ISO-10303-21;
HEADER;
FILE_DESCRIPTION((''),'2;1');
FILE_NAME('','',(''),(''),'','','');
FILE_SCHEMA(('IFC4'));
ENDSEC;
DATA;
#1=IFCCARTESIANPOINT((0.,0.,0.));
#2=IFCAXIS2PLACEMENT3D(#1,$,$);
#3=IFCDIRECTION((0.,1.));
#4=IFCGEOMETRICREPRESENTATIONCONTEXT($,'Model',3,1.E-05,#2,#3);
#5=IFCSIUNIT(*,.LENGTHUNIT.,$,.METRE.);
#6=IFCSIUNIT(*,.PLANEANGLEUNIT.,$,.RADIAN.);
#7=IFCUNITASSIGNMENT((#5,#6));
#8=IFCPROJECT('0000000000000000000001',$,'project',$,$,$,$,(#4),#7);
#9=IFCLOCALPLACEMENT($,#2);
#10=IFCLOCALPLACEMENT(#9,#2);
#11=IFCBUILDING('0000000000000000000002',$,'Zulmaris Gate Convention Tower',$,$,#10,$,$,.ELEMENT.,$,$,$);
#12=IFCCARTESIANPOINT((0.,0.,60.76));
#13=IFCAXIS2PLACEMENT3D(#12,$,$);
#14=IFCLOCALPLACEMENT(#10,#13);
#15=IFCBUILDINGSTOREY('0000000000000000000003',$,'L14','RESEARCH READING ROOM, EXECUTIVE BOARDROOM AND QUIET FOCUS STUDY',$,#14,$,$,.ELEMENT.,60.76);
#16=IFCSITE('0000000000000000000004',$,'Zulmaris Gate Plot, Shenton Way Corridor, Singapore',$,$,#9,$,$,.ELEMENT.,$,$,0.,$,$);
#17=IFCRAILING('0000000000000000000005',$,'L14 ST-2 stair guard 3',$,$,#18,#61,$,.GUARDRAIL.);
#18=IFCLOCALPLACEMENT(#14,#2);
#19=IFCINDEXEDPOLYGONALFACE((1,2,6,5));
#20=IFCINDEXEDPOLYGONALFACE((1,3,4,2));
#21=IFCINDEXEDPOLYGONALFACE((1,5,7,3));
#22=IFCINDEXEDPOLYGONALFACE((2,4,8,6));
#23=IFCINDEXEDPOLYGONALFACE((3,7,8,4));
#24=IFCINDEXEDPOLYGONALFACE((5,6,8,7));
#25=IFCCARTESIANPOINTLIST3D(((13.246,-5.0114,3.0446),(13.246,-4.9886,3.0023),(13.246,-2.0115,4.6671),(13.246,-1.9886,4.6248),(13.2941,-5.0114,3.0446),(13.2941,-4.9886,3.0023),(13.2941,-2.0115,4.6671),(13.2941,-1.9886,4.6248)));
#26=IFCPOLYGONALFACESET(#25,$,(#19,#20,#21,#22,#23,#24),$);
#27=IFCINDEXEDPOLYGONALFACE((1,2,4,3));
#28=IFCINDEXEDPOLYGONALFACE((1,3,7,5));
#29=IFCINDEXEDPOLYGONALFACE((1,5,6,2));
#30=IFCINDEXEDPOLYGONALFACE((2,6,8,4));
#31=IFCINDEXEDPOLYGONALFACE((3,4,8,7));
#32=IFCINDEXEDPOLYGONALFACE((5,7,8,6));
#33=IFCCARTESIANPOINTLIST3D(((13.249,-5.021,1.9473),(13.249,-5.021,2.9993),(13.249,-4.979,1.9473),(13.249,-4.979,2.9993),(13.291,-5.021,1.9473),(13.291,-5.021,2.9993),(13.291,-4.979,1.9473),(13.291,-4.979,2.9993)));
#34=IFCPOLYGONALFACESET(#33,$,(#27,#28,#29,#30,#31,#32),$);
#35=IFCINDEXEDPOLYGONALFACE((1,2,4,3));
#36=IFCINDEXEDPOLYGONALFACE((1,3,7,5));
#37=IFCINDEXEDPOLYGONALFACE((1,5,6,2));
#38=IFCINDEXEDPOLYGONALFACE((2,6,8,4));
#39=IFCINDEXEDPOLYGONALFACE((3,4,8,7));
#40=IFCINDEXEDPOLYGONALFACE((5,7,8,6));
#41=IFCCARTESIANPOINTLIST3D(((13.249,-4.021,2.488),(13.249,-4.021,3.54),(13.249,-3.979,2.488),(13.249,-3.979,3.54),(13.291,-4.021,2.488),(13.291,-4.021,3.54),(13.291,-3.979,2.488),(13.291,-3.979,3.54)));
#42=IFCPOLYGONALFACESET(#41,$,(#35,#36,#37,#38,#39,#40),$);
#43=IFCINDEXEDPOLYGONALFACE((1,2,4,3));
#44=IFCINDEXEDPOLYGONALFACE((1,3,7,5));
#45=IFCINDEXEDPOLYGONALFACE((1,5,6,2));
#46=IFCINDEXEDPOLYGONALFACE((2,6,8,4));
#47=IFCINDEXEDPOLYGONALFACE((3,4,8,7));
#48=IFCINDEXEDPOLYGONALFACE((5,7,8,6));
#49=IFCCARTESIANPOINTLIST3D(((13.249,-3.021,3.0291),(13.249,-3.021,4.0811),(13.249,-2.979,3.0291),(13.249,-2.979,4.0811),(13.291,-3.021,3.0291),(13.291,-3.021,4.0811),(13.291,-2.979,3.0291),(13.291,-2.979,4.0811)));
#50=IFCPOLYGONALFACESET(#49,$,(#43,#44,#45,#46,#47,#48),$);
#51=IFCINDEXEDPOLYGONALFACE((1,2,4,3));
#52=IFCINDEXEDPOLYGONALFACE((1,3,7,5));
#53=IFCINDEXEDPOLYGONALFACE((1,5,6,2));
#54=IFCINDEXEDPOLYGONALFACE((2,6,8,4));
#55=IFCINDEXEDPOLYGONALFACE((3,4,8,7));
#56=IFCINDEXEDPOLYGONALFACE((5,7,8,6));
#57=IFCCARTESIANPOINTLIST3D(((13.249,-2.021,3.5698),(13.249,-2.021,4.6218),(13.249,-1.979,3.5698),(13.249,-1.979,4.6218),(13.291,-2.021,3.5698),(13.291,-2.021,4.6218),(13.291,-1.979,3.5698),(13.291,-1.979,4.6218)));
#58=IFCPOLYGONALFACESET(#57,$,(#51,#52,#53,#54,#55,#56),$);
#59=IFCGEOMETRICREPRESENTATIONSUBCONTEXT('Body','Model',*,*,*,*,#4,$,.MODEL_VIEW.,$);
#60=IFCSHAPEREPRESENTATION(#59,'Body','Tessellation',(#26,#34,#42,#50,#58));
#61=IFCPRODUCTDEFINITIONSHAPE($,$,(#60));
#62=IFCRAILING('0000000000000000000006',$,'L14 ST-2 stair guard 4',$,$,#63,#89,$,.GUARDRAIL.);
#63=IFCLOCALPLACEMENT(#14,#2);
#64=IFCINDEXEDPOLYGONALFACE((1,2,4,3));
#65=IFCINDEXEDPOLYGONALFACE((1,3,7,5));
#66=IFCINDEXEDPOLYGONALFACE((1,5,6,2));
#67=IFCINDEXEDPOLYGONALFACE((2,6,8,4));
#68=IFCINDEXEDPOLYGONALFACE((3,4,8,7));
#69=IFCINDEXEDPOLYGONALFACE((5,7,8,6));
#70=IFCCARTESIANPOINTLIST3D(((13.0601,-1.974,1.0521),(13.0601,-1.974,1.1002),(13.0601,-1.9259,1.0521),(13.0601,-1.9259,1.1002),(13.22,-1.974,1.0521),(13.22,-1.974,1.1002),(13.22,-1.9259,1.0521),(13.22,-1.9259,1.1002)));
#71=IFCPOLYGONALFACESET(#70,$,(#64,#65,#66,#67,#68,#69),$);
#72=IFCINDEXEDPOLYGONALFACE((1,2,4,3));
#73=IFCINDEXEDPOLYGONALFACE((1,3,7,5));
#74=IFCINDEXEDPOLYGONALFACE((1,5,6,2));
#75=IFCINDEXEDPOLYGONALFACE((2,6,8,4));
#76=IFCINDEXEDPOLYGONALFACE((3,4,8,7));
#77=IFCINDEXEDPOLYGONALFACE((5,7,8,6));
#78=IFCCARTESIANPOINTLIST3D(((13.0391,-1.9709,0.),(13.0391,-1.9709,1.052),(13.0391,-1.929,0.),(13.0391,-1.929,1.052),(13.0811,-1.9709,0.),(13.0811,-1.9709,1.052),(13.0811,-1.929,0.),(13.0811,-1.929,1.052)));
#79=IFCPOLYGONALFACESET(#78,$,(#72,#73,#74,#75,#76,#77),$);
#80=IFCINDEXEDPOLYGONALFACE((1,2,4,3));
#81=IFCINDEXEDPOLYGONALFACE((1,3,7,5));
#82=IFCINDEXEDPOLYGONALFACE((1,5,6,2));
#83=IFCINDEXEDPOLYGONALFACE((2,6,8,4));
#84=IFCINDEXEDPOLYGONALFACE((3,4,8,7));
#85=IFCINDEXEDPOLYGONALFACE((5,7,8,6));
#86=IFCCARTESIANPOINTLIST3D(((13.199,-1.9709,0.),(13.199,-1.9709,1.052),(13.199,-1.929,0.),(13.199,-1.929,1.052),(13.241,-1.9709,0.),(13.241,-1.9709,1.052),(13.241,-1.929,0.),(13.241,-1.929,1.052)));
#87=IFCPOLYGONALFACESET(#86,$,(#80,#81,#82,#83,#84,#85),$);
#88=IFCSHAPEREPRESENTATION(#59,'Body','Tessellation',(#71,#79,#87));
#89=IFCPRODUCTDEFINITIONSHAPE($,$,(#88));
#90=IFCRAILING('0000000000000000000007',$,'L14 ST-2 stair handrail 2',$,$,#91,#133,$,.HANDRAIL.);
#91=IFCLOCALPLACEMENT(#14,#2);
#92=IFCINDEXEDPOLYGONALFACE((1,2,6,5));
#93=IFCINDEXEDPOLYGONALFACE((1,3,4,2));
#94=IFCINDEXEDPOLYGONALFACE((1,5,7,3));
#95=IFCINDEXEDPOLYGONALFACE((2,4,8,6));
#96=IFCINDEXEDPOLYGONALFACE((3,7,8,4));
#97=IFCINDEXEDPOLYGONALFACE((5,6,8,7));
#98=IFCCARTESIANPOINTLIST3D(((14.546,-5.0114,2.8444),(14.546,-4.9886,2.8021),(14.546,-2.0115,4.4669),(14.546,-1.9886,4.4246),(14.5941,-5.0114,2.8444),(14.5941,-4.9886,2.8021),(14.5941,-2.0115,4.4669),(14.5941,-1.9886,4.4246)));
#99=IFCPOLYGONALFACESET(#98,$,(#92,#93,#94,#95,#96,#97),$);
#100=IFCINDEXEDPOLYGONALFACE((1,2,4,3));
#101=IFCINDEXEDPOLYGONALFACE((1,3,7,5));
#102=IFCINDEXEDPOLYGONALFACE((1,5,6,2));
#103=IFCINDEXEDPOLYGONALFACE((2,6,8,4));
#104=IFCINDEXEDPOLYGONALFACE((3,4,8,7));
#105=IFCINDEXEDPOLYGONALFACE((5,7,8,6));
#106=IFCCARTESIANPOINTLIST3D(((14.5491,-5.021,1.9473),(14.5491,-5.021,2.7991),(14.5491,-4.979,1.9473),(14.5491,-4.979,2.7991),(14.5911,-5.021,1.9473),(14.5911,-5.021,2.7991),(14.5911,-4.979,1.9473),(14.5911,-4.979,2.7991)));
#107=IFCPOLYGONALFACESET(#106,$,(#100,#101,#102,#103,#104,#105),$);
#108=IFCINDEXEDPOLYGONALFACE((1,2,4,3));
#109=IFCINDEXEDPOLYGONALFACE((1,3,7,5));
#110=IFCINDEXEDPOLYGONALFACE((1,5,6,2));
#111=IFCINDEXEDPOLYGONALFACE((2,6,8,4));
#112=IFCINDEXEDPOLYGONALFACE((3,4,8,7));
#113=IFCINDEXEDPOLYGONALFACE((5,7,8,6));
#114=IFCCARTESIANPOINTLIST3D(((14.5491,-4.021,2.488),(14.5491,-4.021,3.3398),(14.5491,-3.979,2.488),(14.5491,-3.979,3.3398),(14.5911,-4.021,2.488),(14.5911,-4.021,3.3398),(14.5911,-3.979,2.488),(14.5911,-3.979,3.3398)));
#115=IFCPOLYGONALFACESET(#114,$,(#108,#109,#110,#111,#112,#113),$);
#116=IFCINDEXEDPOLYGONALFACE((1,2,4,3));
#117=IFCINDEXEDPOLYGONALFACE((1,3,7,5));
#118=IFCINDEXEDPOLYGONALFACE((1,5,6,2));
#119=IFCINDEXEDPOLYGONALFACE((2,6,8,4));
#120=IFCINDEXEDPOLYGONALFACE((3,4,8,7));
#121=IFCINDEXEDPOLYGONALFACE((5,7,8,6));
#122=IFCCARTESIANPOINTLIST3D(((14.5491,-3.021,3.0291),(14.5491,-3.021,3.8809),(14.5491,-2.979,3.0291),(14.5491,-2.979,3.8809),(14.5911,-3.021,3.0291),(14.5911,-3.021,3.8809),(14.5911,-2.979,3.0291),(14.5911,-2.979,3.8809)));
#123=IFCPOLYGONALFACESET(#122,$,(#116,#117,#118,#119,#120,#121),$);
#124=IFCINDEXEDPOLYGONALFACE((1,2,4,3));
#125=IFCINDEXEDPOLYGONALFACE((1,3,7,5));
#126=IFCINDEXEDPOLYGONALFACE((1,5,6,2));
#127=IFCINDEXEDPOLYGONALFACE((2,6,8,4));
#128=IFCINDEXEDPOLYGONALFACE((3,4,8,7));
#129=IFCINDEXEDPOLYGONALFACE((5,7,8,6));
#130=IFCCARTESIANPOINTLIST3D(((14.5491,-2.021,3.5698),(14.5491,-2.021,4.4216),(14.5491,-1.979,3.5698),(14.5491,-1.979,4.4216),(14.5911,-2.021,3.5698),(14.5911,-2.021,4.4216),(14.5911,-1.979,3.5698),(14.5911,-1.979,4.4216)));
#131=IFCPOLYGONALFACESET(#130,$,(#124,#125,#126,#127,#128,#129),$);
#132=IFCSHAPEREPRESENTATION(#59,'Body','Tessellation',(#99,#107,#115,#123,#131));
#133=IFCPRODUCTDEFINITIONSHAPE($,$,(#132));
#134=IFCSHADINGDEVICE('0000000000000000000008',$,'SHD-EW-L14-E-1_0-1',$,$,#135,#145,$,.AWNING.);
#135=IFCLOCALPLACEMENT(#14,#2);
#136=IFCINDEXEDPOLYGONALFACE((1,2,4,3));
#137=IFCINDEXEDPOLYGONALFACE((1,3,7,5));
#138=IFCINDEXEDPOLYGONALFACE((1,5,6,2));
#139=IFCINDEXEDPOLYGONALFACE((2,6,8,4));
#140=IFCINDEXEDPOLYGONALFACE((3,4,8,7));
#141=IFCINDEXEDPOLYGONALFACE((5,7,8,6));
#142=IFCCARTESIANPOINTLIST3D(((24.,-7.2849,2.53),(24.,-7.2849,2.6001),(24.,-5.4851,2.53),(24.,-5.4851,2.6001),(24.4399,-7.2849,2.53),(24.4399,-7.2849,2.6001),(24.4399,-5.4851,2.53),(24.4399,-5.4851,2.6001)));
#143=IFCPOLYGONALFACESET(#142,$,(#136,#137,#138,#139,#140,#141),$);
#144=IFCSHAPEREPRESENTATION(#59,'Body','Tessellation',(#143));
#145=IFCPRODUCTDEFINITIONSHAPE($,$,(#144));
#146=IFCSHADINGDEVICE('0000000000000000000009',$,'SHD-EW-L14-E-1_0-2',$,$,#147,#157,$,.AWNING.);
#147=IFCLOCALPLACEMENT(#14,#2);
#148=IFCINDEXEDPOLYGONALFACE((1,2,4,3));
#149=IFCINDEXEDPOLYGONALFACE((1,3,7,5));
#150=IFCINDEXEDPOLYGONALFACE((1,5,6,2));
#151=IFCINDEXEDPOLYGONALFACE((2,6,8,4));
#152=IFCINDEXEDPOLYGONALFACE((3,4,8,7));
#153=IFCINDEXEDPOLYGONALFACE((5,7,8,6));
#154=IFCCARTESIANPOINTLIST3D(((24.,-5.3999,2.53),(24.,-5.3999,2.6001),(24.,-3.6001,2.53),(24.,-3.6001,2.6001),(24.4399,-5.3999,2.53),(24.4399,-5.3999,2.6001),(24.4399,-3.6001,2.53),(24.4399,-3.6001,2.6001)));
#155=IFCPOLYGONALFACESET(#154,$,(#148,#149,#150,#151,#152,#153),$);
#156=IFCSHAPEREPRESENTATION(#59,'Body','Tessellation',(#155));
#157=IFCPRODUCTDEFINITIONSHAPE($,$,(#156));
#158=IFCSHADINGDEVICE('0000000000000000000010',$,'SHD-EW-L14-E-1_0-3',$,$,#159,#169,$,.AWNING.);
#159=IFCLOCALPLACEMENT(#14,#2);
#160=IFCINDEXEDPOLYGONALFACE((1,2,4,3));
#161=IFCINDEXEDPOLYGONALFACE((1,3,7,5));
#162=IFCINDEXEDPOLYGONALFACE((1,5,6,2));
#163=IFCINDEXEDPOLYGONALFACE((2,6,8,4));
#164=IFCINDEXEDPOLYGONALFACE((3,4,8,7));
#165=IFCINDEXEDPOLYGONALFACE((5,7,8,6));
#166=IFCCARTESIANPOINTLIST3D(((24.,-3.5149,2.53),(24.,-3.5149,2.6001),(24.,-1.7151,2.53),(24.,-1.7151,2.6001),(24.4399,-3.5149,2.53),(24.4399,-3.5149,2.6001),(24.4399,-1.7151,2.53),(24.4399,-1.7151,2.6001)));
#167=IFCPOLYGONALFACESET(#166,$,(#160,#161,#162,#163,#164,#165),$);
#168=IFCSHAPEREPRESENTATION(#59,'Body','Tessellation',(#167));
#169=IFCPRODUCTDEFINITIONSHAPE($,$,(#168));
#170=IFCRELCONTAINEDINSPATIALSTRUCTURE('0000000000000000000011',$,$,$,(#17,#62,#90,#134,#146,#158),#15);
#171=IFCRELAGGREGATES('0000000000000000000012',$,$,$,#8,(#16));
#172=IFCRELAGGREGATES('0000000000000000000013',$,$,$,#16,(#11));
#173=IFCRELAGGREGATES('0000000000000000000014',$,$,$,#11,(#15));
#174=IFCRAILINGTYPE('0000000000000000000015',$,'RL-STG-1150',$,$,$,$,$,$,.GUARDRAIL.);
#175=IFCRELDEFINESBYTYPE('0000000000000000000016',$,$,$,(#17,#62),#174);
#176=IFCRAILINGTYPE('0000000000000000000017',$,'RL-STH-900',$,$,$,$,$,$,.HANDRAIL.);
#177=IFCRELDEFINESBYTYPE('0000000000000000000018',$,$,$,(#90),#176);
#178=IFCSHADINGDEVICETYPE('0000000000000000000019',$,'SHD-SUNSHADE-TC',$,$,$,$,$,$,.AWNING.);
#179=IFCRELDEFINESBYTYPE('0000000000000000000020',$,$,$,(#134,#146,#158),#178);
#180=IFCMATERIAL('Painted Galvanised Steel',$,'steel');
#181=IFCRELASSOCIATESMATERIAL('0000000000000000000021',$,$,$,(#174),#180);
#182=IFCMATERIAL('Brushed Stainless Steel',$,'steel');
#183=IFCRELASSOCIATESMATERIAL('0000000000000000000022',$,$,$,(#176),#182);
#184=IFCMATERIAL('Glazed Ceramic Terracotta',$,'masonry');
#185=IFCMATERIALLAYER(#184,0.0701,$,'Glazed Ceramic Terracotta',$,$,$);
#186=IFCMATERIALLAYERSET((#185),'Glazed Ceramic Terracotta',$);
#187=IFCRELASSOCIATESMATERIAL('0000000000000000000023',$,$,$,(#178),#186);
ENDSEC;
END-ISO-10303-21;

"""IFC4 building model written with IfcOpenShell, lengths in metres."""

from ifc_helpers import new_model, si_unit, direction, frame, frame_2d, origin, origin_2d, place, context, subcontext, project, spatial, rectangle, extrude, material, layer, layer_set, type_object, element, save


model = new_model("IFC4")

# Units and contexts
model_context = context("Model", 3, precision=1e-05, world=origin(), true_north=direction((0.0, 1.0)))
body_context = subcontext(model_context, "Body", "Model", "MODEL_VIEW")
ifc_project = project(units=[si_unit("LENGTHUNIT", "METRE"), si_unit("PLANEANGLEUNIT", "RADIAN")], contexts=[model_context])

# Site, building, storey
site_placement = place(None, origin())
site = spatial("IfcSite", under=ifc_project, at=site_placement, Name="Zulmaris Gate Plot, Shenton Way Corridor, Singapore", CompositionType="ELEMENT", RefElevation=0.0)
building_placement = place(site_placement, origin())
building = spatial("IfcBuilding", under=site, at=building_placement, Name="Zulmaris Gate Convention Tower", CompositionType="ELEMENT")
storey_placement = place(building_placement, frame((0.0, 0.0, 60.76)))
storey = spatial("IfcBuildingStorey", under=building, at=storey_placement, Name="L14", Description="RESEARCH READING ROOM, EXECUTIVE BOARDROOM AND QUIET FOCUS STUDY", CompositionType="ELEMENT", Elevation=60.76)

# Railings
ifc_material_1 = material(Name="Painted Galvanised Steel", Category="steel")
railing_type_1 = type_object("IfcRailingType", Name="RL-STG-1150", PredefinedType="GUARDRAIL", material=ifc_material_1)
railing_1_placement = place(storey_placement, frame((13.27, -5.0, 1.9473)))
element("IfcRailing", 1, at=railing_1_placement, inside=storey, type_object=railing_type_1, Name="L14 ST-2 stair guard 3", PredefinedType="GUARDRAIL", context=body_context, shape_type="SweptSolid", body=[
    extrude(rectangle(XDim=0.0481, YDim=0.0481, at=origin_2d()), frame((0.0, 0.0, 1.0762), z_axis=(0.0, 0.879592, 0.47573), x_axis=(-1.0, 0.0, 0.0)), (0.0, 0.0, 1.0), 3.4106),
    extrude(rectangle(XDim=0.042, YDim=0.042, at=origin_2d()), origin(), (0.0, 0.0, 1.0), 1.052),
    extrude(rectangle(XDim=0.042, YDim=0.042, at=origin_2d()), frame((0.0, 1.0, 0.5408)), (0.0, 0.0, 1.0), 1.052),
    extrude(rectangle(XDim=0.042, YDim=0.042, at=origin_2d()), frame((0.0, 2.0, 1.0818)), (0.0, 0.0, 1.0), 1.052),
    extrude(rectangle(XDim=0.042, YDim=0.042, at=origin_2d()), frame((0.0, 3.0, 1.6226)), (0.0, 0.0, 1.0), 1.052),
])
railing_2_placement = place(storey_placement, frame((13.0601, -1.95, 0.0)))
element("IfcRailing", 2, at=railing_2_placement, inside=storey, type_object=railing_type_1, Name="L14 ST-2 stair guard 4", PredefinedType="GUARDRAIL", context=body_context, shape_type="SweptSolid", body=[
    extrude(rectangle(XDim=0.0481, YDim=0.0481, at=origin_2d()), frame((0.0, 0.0, 1.0762), z_axis=(1.0, 0.0, 0.0), x_axis=(0.0, 1.0, 0.0)), (0.0, 0.0, 1.0), 0.1599),
    extrude(rectangle(XDim=0.042, YDim=0.042, at=origin_2d()), origin(), (0.0, 0.0, 1.0), 1.052),
    extrude(rectangle(XDim=0.042, YDim=0.042, at=origin_2d()), frame((0.1599, 0.0, 0.0)), (0.0, 0.0, 1.0), 1.052),
])
ifc_material_2 = material(Name="Brushed Stainless Steel", Category="steel")
railing_type_2 = type_object("IfcRailingType", Name="RL-STH-900", PredefinedType="HANDRAIL", material=ifc_material_2)
railing_3_placement = place(storey_placement, frame((14.5701, -5.0, 1.9473)))
element("IfcRailing", 3, at=railing_3_placement, inside=storey, type_object=railing_type_2, Name="L14 ST-2 stair handrail 2", PredefinedType="HANDRAIL", context=body_context, shape_type="SweptSolid", body=[
    extrude(rectangle(XDim=0.0481, YDim=0.0481, at=origin_2d()), frame((0.0, 0.0, 0.876), z_axis=(0.0, 0.879592, 0.47573), x_axis=(-1.0, 0.0, 0.0)), (0.0, 0.0, 1.0), 3.4106),
    extrude(rectangle(XDim=0.042, YDim=0.042, at=origin_2d()), origin(), (0.0, 0.0, 1.0), 0.8518),
    extrude(rectangle(XDim=0.042, YDim=0.042, at=origin_2d()), frame((0.0, 1.0, 0.5408)), (0.0, 0.0, 1.0), 0.8518),
    extrude(rectangle(XDim=0.042, YDim=0.042, at=origin_2d()), frame((0.0, 2.0, 1.0818)), (0.0, 0.0, 1.0), 0.8518),
    extrude(rectangle(XDim=0.042, YDim=0.042, at=origin_2d()), frame((0.0, 3.0, 1.6226)), (0.0, 0.0, 1.0), 0.8518),
])

# Shading devices
ifc_material_3 = material(Name="Glazed Ceramic Terracotta", Category="masonry")
ifc_layer_1 = layer(ifc_material_3, 0.0701, Name="Glazed Ceramic Terracotta")
ifc_layer_set_1 = layer_set([ifc_layer_1], Name="Glazed Ceramic Terracotta")
shading_device_type = type_object("IfcShadingDeviceType", Name="SHD-SUNSHADE-TC", PredefinedType="AWNING", material=ifc_layer_set_1)
for number, where, z_axis, x_axis, name in (
    (4, (24.22, -7.2849, 2.53), (0.0, 0.0, 1.0), (0.0, 1.0, 0.0), "SHD-EW-L14-E-1_0-1"),
    (5, (24.22, -5.3999, 2.53), (0.0, 0.0, 1.0), (0.0, 1.0, 0.0), "SHD-EW-L14-E-1_0-2"),
    (6, (24.22, -3.5149, 2.53), (0.0, 0.0, 1.0), (0.0, 1.0, 0.0), "SHD-EW-L14-E-1_0-3"),
):
    element("IfcShadingDevice", number, at=place(storey_placement, frame(where, z_axis=z_axis, x_axis=x_axis)), inside=storey, type_object=shading_device_type, Name=name, PredefinedType="AWNING", context=body_context, shape_type="SweptSolid", body=[
        extrude(rectangle(XDim=1.7998, YDim=0.4399, at=frame_2d((0.8999, 0.0))), origin(), (0.0, 0.0, 1.0), 0.0701),
    ])

save(model, "model.ifc")
